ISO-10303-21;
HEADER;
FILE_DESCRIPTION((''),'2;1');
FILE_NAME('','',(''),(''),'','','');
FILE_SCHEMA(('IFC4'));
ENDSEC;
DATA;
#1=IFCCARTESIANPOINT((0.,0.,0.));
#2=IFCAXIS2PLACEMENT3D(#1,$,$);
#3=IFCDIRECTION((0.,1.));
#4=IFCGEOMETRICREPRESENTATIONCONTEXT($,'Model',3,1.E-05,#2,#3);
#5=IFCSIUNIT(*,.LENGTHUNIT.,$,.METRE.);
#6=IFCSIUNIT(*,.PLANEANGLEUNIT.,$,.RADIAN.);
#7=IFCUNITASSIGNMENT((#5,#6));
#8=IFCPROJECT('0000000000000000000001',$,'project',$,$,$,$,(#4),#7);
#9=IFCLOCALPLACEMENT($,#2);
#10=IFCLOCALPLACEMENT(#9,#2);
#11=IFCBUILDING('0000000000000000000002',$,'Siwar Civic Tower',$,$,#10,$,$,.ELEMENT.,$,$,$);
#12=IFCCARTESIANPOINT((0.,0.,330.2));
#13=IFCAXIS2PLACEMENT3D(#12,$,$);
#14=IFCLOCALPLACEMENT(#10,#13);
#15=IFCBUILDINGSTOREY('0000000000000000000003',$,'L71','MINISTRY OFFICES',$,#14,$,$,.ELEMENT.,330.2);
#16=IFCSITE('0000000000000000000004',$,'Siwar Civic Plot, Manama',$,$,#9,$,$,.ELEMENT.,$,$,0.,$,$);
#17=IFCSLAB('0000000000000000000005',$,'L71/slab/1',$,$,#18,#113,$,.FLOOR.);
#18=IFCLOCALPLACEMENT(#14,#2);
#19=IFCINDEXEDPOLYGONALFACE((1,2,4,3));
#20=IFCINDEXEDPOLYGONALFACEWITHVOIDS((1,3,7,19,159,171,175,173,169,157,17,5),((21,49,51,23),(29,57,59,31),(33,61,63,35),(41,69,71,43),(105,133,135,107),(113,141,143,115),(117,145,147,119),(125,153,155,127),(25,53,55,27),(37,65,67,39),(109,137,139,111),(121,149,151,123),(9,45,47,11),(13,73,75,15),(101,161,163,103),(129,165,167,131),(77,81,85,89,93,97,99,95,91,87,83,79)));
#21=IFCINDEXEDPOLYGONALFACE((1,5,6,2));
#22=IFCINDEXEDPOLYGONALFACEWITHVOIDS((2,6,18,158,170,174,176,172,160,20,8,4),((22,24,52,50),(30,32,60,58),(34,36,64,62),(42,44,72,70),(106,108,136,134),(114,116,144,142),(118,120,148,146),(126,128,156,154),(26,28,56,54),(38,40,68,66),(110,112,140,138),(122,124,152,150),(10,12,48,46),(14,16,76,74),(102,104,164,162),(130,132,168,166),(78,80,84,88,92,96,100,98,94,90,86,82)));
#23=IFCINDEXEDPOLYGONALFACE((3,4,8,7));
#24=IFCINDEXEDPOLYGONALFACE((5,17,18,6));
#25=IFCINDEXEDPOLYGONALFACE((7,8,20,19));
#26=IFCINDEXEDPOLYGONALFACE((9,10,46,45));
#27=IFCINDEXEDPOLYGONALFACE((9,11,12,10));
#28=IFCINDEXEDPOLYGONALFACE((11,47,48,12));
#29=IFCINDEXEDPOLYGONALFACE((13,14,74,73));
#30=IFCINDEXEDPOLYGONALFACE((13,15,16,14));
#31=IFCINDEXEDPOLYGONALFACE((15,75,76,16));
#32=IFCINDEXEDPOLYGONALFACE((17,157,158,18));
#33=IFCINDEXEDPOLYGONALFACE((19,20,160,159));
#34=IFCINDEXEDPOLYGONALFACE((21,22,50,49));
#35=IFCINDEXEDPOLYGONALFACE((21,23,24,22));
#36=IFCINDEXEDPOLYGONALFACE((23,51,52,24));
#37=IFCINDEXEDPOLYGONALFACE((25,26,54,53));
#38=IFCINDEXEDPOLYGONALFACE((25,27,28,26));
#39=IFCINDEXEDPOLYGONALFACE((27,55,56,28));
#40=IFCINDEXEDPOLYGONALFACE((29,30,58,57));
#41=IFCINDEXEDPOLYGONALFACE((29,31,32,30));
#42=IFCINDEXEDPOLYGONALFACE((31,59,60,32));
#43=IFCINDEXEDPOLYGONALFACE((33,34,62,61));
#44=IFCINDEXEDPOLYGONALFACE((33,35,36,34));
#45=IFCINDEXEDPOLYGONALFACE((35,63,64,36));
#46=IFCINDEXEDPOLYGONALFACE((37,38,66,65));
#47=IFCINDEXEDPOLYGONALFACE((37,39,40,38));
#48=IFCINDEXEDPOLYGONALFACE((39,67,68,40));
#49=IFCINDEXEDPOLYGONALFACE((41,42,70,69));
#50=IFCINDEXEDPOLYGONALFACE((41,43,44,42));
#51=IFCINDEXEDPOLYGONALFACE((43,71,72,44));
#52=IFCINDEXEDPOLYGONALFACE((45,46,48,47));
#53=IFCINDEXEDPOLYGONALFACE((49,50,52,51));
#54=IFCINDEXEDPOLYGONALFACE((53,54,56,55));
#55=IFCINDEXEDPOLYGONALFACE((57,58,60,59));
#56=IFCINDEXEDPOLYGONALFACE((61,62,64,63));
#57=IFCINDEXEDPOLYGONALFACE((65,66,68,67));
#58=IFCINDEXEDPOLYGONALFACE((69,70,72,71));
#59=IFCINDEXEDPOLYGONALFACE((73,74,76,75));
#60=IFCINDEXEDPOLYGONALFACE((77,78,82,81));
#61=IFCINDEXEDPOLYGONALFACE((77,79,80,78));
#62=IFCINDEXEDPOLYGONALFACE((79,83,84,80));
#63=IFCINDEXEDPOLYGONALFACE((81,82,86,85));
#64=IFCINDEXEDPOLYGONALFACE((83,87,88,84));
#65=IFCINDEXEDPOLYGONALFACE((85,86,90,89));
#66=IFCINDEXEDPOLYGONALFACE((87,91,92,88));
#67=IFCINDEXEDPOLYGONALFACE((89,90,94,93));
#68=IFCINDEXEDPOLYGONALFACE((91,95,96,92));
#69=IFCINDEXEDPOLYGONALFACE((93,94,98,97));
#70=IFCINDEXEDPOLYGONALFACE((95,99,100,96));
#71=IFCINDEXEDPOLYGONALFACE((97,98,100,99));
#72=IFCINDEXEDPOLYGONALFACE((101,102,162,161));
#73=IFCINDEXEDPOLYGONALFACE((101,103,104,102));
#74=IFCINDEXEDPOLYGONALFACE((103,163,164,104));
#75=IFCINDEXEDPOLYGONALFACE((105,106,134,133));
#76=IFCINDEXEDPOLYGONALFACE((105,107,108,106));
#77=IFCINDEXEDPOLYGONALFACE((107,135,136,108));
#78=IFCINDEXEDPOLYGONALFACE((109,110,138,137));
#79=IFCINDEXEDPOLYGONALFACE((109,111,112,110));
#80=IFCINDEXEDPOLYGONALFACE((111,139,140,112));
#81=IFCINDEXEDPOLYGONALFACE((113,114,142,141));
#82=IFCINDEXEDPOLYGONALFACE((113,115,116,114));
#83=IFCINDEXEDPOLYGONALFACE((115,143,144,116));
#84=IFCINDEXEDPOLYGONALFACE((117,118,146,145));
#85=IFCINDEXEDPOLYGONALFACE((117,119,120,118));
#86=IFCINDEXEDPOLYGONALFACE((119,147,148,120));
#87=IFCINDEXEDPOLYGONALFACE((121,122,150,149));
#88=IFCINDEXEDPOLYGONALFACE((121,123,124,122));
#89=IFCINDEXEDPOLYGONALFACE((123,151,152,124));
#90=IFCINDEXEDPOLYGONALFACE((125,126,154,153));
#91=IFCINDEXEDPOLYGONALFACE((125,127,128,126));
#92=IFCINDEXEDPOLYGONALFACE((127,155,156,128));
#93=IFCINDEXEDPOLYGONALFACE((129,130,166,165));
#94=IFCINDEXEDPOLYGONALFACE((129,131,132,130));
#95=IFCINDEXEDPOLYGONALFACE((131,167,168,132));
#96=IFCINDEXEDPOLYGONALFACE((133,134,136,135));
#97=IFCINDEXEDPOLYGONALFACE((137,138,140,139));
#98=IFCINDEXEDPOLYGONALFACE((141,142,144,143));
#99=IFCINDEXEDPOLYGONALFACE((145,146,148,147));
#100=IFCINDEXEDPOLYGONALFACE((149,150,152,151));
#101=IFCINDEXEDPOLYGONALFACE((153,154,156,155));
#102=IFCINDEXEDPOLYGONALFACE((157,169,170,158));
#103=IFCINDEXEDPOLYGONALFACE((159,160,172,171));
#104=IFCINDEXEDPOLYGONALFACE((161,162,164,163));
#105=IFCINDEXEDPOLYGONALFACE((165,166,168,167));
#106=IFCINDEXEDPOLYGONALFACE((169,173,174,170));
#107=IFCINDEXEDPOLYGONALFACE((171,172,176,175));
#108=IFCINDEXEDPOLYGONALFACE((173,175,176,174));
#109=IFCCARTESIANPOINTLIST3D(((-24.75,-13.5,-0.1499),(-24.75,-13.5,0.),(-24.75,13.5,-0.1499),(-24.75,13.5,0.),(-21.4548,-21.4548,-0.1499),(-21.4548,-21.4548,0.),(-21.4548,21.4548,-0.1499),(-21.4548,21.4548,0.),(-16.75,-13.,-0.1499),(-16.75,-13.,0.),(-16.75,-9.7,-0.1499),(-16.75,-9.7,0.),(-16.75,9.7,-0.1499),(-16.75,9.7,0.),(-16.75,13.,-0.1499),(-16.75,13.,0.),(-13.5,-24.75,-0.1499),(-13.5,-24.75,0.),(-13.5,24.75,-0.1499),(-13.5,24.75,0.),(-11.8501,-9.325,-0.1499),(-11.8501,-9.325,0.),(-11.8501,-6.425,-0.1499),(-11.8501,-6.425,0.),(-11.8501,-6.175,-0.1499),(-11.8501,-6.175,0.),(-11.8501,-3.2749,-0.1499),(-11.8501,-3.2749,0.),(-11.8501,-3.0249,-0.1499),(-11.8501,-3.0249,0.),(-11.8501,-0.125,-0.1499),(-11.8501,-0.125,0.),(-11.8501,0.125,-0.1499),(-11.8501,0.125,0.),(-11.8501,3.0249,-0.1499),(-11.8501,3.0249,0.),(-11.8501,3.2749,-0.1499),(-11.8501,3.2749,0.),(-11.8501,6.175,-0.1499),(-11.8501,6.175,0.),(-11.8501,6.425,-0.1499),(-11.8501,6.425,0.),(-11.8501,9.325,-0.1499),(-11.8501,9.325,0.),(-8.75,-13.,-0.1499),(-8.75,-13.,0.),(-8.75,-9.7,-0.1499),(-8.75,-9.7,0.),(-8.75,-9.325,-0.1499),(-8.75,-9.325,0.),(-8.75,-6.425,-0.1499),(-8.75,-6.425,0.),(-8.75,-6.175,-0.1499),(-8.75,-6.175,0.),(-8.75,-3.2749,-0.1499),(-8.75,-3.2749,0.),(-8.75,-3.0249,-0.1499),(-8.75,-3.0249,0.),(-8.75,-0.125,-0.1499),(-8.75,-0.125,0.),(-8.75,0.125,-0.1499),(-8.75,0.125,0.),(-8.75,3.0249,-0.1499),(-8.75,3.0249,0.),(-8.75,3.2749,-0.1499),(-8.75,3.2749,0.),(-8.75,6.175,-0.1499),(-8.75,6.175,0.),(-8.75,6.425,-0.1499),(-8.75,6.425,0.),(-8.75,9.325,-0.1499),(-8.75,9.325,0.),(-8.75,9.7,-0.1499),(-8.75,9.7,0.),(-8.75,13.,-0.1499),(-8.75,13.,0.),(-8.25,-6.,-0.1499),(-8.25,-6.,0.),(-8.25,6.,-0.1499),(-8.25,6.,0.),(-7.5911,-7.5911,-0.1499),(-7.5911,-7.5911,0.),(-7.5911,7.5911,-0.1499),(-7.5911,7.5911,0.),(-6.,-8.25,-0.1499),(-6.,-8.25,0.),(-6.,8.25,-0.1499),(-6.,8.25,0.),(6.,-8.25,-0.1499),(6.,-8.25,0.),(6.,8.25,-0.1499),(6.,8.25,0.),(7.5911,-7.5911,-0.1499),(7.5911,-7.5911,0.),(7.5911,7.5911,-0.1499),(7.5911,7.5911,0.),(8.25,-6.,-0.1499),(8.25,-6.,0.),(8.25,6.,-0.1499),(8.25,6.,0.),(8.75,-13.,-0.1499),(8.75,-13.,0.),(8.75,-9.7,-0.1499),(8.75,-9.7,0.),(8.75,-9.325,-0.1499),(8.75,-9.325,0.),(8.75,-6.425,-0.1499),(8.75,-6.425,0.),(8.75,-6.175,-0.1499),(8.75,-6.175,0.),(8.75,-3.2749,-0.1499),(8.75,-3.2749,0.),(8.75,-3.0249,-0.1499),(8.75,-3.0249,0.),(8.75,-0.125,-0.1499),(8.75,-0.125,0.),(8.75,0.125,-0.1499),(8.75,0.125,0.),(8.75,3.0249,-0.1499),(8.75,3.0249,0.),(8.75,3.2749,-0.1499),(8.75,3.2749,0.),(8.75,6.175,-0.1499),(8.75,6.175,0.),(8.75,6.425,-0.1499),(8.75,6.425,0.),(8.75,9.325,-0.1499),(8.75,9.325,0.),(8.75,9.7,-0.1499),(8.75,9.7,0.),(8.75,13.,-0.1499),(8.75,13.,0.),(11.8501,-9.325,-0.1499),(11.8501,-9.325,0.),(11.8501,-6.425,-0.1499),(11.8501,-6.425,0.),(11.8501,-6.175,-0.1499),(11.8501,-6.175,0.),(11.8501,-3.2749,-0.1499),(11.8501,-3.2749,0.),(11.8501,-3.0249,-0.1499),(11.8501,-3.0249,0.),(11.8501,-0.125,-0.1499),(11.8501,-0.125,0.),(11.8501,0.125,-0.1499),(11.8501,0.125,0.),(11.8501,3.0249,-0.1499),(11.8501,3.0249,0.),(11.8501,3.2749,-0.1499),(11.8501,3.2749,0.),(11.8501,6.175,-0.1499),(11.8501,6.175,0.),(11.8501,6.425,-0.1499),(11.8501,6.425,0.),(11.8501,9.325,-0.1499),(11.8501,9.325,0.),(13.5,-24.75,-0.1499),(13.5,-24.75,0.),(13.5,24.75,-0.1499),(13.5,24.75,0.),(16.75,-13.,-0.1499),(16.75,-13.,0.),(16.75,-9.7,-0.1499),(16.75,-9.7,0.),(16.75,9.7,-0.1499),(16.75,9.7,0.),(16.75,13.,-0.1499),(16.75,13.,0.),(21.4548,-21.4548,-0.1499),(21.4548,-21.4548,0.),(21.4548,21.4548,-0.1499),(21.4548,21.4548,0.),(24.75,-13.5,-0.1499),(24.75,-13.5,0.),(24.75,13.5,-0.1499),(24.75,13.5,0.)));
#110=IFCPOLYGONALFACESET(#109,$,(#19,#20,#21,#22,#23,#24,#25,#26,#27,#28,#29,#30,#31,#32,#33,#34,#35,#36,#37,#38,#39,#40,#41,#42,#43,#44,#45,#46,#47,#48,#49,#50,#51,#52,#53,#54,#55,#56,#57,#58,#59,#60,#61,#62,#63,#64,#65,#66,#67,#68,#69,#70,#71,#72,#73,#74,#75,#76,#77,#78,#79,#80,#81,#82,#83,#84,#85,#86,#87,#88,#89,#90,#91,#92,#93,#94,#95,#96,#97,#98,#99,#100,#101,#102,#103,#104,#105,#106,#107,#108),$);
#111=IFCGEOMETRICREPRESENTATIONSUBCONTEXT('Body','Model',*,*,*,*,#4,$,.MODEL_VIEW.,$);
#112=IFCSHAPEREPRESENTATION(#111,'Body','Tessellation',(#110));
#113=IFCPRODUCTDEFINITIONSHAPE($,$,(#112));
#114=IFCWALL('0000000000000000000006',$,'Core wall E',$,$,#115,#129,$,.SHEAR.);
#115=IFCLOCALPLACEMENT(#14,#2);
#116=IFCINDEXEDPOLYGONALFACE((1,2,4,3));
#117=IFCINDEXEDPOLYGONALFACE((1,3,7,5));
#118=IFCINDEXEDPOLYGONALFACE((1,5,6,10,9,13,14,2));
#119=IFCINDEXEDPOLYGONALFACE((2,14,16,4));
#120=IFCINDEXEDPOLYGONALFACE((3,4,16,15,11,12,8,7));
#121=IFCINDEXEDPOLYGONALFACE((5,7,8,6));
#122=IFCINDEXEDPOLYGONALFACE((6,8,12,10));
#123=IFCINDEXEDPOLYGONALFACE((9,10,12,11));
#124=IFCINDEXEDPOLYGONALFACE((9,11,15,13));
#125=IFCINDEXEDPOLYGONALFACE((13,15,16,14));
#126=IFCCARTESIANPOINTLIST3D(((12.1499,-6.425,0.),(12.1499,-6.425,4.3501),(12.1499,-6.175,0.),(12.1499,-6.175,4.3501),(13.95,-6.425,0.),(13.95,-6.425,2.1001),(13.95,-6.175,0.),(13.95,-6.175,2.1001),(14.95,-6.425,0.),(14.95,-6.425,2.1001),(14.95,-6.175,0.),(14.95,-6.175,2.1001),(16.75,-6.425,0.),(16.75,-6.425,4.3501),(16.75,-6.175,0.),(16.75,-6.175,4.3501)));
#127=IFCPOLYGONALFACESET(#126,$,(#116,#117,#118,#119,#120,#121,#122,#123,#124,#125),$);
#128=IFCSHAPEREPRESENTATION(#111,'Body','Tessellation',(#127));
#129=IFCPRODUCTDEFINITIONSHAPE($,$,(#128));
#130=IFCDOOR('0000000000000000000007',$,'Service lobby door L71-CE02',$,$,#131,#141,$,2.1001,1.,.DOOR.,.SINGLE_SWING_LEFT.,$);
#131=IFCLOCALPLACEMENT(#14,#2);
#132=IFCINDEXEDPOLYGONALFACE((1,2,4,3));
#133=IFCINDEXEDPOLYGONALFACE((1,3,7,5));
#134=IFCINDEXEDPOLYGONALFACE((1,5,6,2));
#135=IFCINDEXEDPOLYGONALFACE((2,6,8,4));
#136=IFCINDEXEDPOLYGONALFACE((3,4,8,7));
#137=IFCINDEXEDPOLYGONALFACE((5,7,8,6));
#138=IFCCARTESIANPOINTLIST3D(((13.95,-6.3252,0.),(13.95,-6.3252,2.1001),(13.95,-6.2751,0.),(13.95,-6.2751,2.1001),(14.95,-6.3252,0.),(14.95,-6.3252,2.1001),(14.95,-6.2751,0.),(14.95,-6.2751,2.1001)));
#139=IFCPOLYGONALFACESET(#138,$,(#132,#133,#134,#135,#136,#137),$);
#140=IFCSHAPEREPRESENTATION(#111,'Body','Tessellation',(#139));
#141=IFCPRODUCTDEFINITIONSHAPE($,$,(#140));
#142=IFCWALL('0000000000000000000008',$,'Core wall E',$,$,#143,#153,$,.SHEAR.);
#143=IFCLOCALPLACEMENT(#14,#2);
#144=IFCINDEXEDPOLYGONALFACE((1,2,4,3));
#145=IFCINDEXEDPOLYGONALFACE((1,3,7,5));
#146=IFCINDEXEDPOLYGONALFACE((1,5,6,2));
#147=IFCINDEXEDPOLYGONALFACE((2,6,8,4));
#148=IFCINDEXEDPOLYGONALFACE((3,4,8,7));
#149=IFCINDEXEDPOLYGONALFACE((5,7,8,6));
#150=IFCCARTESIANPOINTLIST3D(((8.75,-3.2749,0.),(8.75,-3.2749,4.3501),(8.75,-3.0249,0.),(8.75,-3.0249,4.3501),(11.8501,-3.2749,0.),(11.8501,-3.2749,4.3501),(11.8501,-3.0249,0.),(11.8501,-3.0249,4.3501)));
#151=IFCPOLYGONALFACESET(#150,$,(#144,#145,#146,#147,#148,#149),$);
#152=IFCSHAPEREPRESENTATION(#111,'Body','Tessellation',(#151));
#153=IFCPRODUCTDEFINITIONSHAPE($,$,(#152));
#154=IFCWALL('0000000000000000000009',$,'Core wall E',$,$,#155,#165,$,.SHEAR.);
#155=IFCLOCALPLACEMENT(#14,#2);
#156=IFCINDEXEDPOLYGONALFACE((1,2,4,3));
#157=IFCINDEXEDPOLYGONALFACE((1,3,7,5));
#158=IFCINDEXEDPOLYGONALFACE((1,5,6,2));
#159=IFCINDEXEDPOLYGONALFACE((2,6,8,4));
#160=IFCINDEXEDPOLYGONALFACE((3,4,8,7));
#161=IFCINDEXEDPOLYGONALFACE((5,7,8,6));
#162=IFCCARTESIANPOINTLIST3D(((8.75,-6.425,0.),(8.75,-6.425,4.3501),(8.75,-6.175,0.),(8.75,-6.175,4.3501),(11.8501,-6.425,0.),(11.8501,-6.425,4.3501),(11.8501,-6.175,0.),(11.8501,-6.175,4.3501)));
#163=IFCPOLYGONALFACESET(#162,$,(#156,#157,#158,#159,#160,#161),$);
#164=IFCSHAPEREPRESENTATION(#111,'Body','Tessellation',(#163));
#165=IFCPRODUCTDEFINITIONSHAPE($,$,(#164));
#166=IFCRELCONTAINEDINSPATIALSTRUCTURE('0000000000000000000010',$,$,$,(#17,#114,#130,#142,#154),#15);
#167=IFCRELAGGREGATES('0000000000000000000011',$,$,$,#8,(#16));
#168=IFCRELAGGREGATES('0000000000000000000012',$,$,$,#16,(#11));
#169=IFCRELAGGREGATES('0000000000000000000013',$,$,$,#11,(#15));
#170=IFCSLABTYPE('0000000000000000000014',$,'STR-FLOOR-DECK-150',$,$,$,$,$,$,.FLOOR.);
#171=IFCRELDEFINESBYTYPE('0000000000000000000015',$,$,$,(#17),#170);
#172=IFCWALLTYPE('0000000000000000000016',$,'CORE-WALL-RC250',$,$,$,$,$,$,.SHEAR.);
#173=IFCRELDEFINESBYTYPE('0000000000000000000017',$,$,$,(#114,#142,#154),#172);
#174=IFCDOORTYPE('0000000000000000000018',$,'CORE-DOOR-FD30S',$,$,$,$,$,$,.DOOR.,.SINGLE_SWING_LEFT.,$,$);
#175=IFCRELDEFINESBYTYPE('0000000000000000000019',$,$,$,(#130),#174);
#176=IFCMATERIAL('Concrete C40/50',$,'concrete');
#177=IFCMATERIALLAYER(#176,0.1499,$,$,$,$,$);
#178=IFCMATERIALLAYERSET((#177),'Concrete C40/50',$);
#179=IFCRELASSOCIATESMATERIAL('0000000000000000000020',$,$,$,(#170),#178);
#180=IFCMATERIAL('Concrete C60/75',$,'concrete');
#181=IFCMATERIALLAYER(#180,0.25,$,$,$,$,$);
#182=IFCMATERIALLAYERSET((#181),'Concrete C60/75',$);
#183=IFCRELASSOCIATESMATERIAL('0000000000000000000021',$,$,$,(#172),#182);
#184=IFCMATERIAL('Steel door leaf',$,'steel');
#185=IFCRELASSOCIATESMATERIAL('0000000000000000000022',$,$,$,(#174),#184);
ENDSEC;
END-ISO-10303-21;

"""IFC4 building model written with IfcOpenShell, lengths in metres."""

from ifc_helpers import new_model, si_unit, direction, frame, frame_2d, origin, place, context, subcontext, project, spatial, polyline, rectangle, outline, extrude, material, layer, layer_set, type_object, element, fill, save


model = new_model("IFC4")

# Units and contexts
model_context = context("Model", 3, precision=1e-05, world=origin(), true_north=direction((0.0, 1.0)))
body_context = subcontext(model_context, "Body", "Model", "MODEL_VIEW")
ifc_project = project(units=[si_unit("LENGTHUNIT", "METRE"), si_unit("PLANEANGLEUNIT", "RADIAN")], contexts=[model_context])

# Site, building, storey
site_placement = place(None, origin())
site = spatial("IfcSite", under=ifc_project, at=site_placement, Name="Siwar Civic Plot, Manama", CompositionType="ELEMENT", RefElevation=0.0)
building_placement = place(site_placement, origin())
building = spatial("IfcBuilding", under=site, at=building_placement, Name="Siwar Civic Tower", CompositionType="ELEMENT")
storey_placement = place(building_placement, frame((0.0, 0.0, 330.2)))
storey = spatial("IfcBuildingStorey", under=building, at=storey_placement, Name="L71", Description="MINISTRY OFFICES", CompositionType="ELEMENT", Elevation=330.2)

# Slab
ifc_material_1 = material(Name="Concrete C40/50", Category="concrete")
ifc_layer_1 = layer(ifc_material_1, 0.1499)
ifc_layer_set_1 = layer_set([ifc_layer_1], Name="Concrete C40/50")
slab_type_1 = type_object("IfcSlabType", Name="STR-FLOOR-DECK-150", PredefinedType="FLOOR", material=ifc_layer_set_1)
slab_1_placement = place(storey_placement, frame((0.0, 0.0, -0.1499)))
element("IfcSlab", 1, at=slab_1_placement, inside=storey, type_object=slab_type_1, Name="L71/slab/1", PredefinedType="FLOOR", context=body_context, shape_type="SweptSolid", body=[
    extrude(outline(polyline([(-13.5, -24.75), (13.5, -24.75), (21.4548, -21.4548), (24.75, -13.5), (24.75, 13.5), (21.4548, 21.4548), (13.5, 24.75), (-13.5, 24.75), (-21.4548, 21.4548), (-24.75, 13.5), (-24.75, -13.5), (-21.4548, -21.4548), (-13.5, -24.75)]), holes=[polyline([(16.75, 13.0), (16.75, 9.7), (8.75, 9.7), (8.75, 13.0), (16.75, 13.0)]), polyline([(8.75, -9.7), (16.75, -9.7), (16.75, -13.0), (8.75, -13.0), (8.75, -9.7)]), polyline([(11.8501, 9.325), (11.8501, 6.425), (8.75, 6.425), (8.75, 9.325), (11.8501, 9.325)]), polyline([(8.75, 6.175), (11.8501, 6.175), (11.8501, 3.2749), (8.75, 3.2749), (8.75, 6.175)]), polyline([(8.75, 3.0249), (11.8501, 3.0249), (11.8501, 0.125), (8.75, 0.125), (8.75, 3.0249)]), polyline([(8.75, -0.125), (11.8501, -0.125), (11.8501, -3.0249), (8.75, -3.0249), (8.75, -0.125)]), polyline([(8.75, -3.2749), (11.8501, -3.2749), (11.8501, -6.175), (8.75, -6.175), (8.75, -3.2749)]), polyline([(8.75, -6.425), (11.8501, -6.425), (11.8501, -9.325), (8.75, -9.325), (8.75, -6.425)]), polyline([(-6.0, 8.25), (6.0, 8.25), (7.5911, 7.5911), (8.25, 6.0), (8.25, -6.0), (7.5911, -7.5911), (6.0, -8.25), (-6.0, -8.25), (-7.5911, -7.5911), (-8.25, -6.0), (-8.25, 6.0), (-7.5911, 7.5911), (-6.0, 8.25)]), polyline([(-8.75, -13.0), (-16.75, -13.0), (-16.75, -9.7), (-8.75, -9.7), (-8.75, -13.0)]), polyline([(-8.75, 9.7), (-16.75, 9.7), (-16.75, 13.0), (-8.75, 13.0), (-8.75, 9.7)]), polyline([(-8.75, 6.425), (-11.8501, 6.425), (-11.8501, 9.325), (-8.75, 9.325), (-8.75, 6.425)]), polyline([(-8.75, 3.2749), (-11.8501, 3.2749), (-11.8501, 6.175), (-8.75, 6.175), (-8.75, 3.2749)]), polyline([(-8.75, 0.125), (-11.8501, 0.125), (-11.8501, 3.0249), (-8.75, 3.0249), (-8.75, 0.125)]), polyline([(-8.75, -3.0249), (-11.8501, -3.0249), (-11.8501, -0.125), (-8.75, -0.125), (-8.75, -3.0249)]), polyline([(-8.75, -6.175), (-11.8501, -6.175), (-11.8501, -3.2749), (-8.75, -3.2749), (-8.75, -6.175)]), polyline([(-8.75, -9.325), (-11.8501, -9.325), (-11.8501, -6.425), (-8.75, -6.425), (-8.75, -9.325)])]), origin(), (0.0, 0.0, 1.0), 0.1499),
])

# Wall, opening, door
ifc_material_2 = material(Name="Concrete C60/75", Category="concrete")
ifc_layer_2 = layer(ifc_material_2, 0.25)
ifc_layer_set_2 = layer_set([ifc_layer_2], Name="Concrete C60/75")
wall_type_1 = type_object("IfcWallType", Name="CORE-WALL-RC250", PredefinedType="SHEAR", material=ifc_layer_set_2)
wall_1_placement = place(storey_placement, frame((12.1499, -6.3, 0.0), z_axis=(0.0, 0.0, 1.0), x_axis=(1.0, 0.0, 0.0)))
wall_1 = element("IfcWall", 2, at=wall_1_placement, inside=storey, type_object=wall_type_1, Name="Core wall E", PredefinedType="SHEAR", context=body_context, shape_type="SweptSolid", body=[
    extrude(rectangle(XDim=4.6001, YDim=0.25, at=frame_2d((2.3, 0.0))), origin(), (0.0, 0.0, 1.0), 4.3501),
])
opening_1_placement = place(wall_1_placement, frame((1.8, 0.0, 0.0)))
opening_1 = element("IfcOpeningElement", 3, at=opening_1_placement, cuts=wall_1, PredefinedType="OPENING", context=body_context, shape_type="SweptSolid", body=[
    extrude(rectangle(XDim=1.0, YDim=2.1001, at=frame_2d((0.5, 1.05))), frame((0.0, 0.135, 0.0), z_axis=(0.0, -1.0, 0.0), x_axis=(1.0, 0.0, 0.0)), (0.0, 0.0, 1.0), 0.27),
])
ifc_material_3 = material(Name="Steel door leaf", Category="steel")
door_type_1 = type_object("IfcDoorType", Name="CORE-DOOR-FD30S", OperationType="SINGLE_SWING_LEFT", PredefinedType="DOOR", material=ifc_material_3)
door_1_placement = place(opening_1_placement, origin())
door_1 = element("IfcDoor", 4, at=door_1_placement, inside=storey, type_object=door_type_1, Name="Service lobby door L71-CE02", OperationType="SINGLE_SWING_LEFT", OverallHeight=2.1001, OverallWidth=1.0, PredefinedType="DOOR", context=body_context, shape_type="SweptSolid", body=[
    extrude(rectangle(XDim=1.0, YDim=2.1001, at=frame_2d((0.5, 1.05))), frame((0.0, 0.0249, 0.0), z_axis=(0.0, -1.0, 0.0), x_axis=(1.0, 0.0, 0.0)), (0.0, 0.0, 1.0), 0.05),
])
fill(opening_1, door_1)

# Walls
for number, where, z_axis, x_axis, name in (
    (5, (8.75, -3.1499, 0.0), (0.0, 0.0, 1.0), (1.0, 0.0, 0.0), "Core wall E"),
    (6, (8.75, -6.3, 0.0), (0.0, 0.0, 1.0), (1.0, 0.0, 0.0), "Core wall E"),
):
    element("IfcWall", number, at=place(storey_placement, frame(where, z_axis=z_axis, x_axis=x_axis)), inside=storey, type_object=wall_type_1, Name=name, PredefinedType="SHEAR", context=body_context, shape_type="SweptSolid", body=[
        extrude(rectangle(XDim=3.1001, YDim=0.25, at=frame_2d((1.55, 0.0))), origin(), (0.0, 0.0, 1.0), 4.3501),
    ])

save(model, "model.ifc")
